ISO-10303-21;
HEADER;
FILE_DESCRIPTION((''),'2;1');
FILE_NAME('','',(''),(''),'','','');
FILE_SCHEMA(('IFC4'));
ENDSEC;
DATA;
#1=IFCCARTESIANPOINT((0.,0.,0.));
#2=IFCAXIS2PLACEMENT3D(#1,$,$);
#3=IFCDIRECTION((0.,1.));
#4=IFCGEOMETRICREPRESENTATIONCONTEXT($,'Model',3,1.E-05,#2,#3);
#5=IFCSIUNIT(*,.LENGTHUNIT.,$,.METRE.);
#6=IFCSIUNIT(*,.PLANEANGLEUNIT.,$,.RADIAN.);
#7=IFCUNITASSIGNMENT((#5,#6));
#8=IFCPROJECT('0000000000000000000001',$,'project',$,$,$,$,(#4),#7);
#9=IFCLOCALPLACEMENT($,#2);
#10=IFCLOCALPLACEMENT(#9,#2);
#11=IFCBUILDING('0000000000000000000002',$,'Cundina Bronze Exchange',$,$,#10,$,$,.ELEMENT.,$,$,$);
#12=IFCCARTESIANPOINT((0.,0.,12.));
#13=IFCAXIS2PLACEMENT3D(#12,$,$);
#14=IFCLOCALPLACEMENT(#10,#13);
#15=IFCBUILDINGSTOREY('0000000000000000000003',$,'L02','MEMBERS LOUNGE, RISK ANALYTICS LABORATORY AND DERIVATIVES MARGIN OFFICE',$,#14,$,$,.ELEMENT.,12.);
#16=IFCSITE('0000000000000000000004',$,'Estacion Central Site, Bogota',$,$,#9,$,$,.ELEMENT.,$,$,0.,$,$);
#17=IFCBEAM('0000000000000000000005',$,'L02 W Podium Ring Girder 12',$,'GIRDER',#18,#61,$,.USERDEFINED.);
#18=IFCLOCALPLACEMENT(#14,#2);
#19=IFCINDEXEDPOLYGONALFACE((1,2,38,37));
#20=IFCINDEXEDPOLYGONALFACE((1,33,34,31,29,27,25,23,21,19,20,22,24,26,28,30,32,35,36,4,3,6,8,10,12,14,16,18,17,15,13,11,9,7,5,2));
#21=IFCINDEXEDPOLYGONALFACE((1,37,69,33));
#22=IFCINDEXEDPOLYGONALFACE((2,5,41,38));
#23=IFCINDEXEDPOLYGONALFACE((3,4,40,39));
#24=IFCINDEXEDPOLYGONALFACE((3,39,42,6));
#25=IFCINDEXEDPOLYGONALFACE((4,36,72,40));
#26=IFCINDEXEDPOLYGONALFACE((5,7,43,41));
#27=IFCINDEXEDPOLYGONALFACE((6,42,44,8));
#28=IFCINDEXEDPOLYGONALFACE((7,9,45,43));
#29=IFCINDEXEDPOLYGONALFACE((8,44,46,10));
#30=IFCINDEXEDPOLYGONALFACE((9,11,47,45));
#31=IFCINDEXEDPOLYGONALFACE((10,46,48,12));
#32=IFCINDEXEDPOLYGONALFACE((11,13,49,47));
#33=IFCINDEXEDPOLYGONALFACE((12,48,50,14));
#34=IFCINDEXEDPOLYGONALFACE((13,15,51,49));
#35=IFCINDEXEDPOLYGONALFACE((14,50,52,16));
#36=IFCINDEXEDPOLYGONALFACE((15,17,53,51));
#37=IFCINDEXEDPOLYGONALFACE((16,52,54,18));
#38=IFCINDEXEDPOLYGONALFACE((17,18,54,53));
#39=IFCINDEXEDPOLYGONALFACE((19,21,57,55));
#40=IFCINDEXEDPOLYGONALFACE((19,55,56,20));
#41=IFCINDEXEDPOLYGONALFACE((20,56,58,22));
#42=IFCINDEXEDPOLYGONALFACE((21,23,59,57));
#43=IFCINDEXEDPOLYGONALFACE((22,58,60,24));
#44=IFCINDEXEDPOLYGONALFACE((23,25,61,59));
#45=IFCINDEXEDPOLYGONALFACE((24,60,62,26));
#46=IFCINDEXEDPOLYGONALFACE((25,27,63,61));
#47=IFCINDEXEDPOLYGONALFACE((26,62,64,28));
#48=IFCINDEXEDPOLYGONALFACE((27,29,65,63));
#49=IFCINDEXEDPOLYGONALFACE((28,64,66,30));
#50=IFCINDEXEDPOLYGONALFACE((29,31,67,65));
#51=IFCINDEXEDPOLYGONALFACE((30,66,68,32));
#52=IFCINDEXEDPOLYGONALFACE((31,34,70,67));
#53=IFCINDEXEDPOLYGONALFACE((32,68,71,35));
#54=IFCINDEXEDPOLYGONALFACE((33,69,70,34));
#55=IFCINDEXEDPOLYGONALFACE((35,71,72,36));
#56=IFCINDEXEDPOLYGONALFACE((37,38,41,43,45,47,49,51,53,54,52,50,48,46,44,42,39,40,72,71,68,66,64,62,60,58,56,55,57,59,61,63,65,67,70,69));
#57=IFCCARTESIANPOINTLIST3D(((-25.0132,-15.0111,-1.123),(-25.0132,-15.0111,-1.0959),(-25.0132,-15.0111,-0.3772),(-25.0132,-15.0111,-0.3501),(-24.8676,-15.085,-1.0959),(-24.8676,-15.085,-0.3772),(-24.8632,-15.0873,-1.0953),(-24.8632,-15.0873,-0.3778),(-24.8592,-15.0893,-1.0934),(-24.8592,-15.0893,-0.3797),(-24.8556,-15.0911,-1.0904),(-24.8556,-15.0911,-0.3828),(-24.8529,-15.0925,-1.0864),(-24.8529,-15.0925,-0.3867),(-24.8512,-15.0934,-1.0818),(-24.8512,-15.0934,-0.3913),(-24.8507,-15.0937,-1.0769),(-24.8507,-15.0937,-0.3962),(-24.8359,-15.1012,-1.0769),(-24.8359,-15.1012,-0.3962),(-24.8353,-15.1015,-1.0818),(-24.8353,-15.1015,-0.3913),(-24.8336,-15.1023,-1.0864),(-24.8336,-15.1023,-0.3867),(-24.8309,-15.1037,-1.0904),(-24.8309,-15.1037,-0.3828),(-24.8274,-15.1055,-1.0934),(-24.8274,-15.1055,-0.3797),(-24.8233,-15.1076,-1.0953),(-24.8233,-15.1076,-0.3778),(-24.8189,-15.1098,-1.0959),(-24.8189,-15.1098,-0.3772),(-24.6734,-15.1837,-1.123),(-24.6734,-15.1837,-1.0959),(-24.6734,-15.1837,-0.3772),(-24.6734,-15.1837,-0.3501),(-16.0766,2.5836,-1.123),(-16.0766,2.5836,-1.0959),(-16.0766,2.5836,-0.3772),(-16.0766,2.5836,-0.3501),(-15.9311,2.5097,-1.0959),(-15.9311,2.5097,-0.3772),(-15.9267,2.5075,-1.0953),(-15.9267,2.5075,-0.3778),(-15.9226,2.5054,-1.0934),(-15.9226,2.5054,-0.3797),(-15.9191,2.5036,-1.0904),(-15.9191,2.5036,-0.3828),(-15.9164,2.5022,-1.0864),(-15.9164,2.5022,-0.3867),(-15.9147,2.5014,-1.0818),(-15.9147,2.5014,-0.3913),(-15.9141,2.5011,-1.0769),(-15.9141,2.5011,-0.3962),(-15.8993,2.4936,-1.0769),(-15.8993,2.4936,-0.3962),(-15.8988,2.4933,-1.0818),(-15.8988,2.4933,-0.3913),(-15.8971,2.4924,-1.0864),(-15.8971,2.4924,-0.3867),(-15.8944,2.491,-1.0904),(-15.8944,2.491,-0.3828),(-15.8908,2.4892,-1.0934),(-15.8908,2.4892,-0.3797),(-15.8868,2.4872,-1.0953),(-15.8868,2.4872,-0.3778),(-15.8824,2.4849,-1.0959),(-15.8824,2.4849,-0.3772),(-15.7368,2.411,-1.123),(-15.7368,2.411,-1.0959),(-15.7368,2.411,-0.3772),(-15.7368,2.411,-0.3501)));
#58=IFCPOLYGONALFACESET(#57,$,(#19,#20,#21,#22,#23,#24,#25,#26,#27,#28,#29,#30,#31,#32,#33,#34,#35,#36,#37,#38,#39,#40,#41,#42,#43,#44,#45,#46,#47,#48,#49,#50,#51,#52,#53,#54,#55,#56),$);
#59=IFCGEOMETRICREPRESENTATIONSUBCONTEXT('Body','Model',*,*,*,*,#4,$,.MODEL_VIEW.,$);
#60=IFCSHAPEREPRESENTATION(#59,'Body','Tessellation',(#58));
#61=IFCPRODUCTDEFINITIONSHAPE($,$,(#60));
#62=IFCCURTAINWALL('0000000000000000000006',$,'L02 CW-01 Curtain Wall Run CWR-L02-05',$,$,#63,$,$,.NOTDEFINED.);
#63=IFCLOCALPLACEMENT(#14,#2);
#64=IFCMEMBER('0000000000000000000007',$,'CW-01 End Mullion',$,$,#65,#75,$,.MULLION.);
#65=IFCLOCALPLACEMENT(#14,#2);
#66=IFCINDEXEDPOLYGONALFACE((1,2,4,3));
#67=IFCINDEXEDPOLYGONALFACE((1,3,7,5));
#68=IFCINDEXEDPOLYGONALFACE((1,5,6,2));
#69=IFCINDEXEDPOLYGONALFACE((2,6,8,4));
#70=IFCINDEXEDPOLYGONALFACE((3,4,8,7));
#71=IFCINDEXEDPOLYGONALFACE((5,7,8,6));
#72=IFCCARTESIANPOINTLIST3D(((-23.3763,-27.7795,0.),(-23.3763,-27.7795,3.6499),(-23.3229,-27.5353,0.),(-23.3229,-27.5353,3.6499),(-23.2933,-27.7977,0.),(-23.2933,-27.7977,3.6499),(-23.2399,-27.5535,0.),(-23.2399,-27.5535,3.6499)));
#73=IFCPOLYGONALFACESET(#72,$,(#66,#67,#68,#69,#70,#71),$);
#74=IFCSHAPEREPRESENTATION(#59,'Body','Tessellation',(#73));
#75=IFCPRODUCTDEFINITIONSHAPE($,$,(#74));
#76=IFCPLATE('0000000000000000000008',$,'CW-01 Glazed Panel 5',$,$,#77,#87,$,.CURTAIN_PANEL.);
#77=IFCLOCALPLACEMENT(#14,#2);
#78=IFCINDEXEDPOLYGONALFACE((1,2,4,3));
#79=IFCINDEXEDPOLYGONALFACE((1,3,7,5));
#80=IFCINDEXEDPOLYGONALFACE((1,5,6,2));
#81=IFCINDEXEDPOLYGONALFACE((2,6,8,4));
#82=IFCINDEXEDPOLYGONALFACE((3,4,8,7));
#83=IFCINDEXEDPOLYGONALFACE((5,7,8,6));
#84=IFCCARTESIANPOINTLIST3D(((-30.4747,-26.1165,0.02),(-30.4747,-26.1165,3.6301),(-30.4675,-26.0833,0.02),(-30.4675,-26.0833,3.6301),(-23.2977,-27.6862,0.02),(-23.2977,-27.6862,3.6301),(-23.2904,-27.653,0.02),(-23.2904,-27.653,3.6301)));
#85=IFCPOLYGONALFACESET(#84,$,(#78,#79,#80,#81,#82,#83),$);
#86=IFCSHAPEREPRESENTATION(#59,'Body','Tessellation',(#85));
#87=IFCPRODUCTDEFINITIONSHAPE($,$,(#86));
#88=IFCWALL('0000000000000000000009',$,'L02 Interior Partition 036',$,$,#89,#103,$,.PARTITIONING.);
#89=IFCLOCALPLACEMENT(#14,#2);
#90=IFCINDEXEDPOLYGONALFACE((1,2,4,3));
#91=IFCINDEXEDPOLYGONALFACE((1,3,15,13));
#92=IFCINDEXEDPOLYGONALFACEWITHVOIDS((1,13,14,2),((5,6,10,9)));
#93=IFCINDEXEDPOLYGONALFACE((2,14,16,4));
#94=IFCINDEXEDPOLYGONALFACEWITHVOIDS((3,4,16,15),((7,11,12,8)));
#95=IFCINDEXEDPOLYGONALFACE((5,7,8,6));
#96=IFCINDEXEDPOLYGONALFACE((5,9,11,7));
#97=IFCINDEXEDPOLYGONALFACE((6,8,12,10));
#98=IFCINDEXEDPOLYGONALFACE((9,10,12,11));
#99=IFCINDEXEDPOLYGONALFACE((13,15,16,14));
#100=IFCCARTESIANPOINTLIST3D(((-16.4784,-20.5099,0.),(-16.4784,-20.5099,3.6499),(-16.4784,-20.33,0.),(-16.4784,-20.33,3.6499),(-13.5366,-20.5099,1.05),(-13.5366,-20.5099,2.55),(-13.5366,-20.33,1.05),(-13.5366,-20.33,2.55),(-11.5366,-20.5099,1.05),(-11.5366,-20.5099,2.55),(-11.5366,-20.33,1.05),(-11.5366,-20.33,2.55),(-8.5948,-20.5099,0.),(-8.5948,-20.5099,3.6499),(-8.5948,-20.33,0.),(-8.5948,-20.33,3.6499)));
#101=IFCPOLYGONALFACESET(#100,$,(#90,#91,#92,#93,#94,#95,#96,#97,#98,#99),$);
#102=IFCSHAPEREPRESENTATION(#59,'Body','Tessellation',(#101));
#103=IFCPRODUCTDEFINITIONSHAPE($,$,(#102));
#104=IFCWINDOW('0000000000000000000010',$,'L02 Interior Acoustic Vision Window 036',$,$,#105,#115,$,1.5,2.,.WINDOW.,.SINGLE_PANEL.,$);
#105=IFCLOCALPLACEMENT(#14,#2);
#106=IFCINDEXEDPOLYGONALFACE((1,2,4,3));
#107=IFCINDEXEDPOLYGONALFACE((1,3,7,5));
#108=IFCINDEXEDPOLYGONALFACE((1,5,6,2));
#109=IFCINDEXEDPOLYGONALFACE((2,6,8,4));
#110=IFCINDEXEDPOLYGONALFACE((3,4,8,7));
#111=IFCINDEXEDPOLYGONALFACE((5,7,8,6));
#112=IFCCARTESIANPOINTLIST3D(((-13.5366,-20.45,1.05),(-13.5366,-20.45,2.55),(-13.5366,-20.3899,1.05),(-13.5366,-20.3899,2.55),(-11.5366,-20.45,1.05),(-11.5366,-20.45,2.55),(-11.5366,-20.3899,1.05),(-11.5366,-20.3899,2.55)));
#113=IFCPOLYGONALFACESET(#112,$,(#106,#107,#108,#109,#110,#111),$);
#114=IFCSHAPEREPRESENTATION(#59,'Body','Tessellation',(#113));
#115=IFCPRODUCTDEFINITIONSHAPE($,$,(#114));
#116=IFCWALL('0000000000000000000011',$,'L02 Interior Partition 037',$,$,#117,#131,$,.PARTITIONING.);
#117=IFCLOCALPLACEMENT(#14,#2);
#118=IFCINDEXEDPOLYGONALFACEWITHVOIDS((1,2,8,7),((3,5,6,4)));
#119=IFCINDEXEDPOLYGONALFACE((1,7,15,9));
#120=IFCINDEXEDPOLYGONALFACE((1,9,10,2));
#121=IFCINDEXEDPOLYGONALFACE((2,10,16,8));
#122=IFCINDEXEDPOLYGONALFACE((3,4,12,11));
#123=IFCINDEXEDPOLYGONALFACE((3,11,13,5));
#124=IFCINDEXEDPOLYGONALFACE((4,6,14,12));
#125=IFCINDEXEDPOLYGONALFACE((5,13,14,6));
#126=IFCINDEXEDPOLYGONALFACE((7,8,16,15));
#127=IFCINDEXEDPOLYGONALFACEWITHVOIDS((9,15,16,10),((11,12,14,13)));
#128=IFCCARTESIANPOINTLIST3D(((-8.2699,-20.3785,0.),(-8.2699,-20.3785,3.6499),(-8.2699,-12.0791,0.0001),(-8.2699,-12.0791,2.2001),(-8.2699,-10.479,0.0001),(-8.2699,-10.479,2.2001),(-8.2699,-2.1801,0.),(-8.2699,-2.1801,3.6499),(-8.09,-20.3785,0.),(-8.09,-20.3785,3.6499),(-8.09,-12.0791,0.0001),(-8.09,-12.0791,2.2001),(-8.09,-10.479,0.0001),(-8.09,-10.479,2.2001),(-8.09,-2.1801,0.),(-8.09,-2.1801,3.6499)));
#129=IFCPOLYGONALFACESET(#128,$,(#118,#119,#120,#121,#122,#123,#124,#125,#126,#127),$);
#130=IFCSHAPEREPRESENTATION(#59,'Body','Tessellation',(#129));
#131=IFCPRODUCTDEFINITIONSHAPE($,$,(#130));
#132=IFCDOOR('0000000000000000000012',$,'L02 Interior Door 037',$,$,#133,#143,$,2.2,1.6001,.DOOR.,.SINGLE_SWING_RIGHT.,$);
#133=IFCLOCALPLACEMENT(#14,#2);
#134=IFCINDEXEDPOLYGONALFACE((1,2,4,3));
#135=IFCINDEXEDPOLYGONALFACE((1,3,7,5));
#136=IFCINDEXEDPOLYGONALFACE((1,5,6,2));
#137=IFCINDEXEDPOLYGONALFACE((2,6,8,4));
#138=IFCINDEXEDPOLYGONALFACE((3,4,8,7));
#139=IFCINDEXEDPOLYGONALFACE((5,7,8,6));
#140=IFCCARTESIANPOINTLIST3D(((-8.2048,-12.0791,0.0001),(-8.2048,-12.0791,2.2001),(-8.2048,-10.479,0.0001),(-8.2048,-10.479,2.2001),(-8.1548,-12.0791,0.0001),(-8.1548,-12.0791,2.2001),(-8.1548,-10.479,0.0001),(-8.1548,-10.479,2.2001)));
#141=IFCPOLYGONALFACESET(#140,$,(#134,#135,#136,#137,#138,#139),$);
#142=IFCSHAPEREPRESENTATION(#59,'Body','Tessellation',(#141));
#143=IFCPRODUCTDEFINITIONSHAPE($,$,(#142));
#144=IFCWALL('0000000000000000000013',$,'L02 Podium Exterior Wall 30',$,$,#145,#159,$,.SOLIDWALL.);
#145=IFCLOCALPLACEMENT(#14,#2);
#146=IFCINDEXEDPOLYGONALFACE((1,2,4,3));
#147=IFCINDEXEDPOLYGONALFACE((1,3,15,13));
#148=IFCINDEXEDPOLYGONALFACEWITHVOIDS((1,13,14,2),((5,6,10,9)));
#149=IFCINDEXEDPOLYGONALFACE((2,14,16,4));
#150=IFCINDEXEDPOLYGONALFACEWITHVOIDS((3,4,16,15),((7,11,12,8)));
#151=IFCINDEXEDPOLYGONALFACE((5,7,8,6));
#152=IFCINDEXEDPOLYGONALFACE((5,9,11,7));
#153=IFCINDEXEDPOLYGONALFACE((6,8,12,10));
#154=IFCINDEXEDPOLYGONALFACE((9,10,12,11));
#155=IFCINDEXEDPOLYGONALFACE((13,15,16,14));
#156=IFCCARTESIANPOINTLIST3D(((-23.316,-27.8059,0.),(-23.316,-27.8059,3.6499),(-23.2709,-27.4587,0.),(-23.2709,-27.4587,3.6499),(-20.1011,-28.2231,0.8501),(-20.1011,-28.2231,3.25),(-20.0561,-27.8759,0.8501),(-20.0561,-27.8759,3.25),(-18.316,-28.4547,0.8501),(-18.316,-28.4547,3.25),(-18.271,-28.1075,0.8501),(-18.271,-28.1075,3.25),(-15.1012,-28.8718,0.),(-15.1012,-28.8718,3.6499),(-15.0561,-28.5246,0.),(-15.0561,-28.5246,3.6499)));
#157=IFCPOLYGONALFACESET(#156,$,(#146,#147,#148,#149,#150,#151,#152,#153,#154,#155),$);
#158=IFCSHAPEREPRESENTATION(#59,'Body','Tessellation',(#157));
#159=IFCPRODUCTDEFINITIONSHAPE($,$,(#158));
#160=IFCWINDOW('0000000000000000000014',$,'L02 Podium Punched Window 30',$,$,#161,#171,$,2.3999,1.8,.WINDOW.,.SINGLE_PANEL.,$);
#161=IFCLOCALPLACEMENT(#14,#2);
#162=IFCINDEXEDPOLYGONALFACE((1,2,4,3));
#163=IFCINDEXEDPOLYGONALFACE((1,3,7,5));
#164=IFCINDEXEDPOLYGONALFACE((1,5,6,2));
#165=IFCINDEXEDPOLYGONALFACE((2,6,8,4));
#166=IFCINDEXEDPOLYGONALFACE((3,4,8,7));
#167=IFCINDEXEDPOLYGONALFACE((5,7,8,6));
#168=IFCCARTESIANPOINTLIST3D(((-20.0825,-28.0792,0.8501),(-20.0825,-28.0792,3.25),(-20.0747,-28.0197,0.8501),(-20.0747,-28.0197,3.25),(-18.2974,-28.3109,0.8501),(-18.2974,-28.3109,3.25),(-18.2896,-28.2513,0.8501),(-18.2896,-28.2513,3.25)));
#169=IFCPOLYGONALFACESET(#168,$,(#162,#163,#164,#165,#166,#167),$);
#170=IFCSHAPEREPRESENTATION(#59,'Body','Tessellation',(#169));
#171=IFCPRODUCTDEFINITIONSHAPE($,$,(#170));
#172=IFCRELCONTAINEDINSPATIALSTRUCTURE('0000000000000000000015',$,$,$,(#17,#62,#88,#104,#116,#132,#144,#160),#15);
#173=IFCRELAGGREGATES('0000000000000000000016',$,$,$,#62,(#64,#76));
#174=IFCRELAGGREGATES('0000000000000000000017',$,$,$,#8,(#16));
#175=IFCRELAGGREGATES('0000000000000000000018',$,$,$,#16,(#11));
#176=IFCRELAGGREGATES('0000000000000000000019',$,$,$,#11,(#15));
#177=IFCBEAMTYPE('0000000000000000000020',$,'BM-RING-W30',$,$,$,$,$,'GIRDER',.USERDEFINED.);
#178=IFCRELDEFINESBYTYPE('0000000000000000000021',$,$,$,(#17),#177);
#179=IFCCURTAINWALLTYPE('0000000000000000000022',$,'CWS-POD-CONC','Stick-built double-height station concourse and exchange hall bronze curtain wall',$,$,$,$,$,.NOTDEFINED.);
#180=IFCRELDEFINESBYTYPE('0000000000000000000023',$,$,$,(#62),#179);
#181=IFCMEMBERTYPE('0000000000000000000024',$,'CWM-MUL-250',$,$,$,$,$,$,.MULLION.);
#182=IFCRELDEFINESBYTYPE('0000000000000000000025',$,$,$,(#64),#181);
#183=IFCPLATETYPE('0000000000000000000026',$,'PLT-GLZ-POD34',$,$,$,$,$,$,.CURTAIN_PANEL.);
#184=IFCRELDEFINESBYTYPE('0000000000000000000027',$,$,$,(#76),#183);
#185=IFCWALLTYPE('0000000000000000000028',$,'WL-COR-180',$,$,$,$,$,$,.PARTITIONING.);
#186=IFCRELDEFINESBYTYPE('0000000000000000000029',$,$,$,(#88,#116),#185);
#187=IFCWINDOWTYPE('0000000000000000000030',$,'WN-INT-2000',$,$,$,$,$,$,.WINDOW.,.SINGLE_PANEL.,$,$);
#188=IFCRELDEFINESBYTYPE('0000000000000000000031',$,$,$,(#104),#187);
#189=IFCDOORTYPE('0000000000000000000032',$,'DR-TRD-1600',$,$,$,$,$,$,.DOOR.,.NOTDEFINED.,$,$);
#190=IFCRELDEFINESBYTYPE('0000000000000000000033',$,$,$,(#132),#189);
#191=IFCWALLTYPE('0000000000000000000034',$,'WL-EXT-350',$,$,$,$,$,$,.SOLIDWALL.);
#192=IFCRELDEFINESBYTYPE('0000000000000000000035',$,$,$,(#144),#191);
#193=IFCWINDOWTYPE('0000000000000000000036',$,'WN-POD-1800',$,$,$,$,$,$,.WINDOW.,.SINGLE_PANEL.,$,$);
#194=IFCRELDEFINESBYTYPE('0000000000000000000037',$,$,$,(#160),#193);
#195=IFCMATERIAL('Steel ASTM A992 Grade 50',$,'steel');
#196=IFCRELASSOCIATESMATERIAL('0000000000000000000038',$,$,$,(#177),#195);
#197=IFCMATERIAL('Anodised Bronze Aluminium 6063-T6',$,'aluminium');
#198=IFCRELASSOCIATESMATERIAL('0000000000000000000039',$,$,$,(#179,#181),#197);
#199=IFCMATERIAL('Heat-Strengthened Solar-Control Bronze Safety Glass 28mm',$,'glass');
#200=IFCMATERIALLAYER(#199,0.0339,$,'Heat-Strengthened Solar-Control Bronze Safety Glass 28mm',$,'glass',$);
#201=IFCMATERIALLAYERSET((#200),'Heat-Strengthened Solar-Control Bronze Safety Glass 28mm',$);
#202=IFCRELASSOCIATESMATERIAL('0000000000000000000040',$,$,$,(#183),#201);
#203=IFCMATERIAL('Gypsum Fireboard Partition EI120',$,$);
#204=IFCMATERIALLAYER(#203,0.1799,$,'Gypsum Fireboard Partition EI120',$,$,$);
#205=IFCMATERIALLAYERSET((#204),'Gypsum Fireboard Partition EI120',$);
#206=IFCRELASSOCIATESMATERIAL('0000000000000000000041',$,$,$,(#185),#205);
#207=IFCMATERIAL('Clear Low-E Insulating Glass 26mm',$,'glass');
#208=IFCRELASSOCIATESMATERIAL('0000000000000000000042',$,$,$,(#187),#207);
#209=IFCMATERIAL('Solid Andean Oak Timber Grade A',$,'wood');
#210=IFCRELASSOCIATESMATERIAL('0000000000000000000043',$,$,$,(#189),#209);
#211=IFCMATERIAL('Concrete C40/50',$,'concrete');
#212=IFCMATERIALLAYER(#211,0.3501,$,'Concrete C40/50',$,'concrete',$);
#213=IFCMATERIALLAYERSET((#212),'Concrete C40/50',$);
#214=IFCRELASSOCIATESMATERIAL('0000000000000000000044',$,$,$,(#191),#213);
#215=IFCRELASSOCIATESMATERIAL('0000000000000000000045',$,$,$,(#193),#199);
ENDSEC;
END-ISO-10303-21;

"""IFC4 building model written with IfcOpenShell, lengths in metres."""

from ifc_helpers import new_model, si_unit, direction, frame, frame_2d, origin, origin_2d, place, context, subcontext, project, spatial, rectangle, i_section, extrude, material, layer, layer_set, material_profile, profile_set, type_object, element, fill, aggregate, save


model = new_model("IFC4")

# Units and contexts
model_context = context("Model", 3, precision=1e-05, world=origin(), true_north=direction((0.0, 1.0)))
body_context = subcontext(model_context, "Body", "Model", "MODEL_VIEW")
ifc_project = project(units=[si_unit("LENGTHUNIT", "METRE"), si_unit("PLANEANGLEUNIT", "RADIAN")], contexts=[model_context])

# Site, building, storey
site_placement = place(None, origin())
site = spatial("IfcSite", under=ifc_project, at=site_placement, Name="Estacion Central Site, Bogota", CompositionType="ELEMENT", RefElevation=0.0)
building_placement = place(site_placement, origin())
building = spatial("IfcBuilding", under=site, at=building_placement, Name="Cundina Bronze Exchange", CompositionType="ELEMENT")
storey_placement = place(building_placement, frame((0.0, 0.0, 12.0)))
storey = spatial("IfcBuildingStorey", under=building, at=storey_placement, Name="L02", Description="MEMBERS LOUNGE, RISK ANALYTICS LABORATORY AND DERIVATIVES MARGIN OFFICE", CompositionType="ELEMENT", Elevation=12.0)

# Beam
ifc_material_1 = material(Name="Steel ASTM A992 Grade 50", Category="steel")
ifc_material_profile_1 = material_profile(ifc_material_1, i_section(OverallWidth=0.3811, OverallDepth=0.7729, WebThickness=0.0166, FlangeThickness=0.0271, FilletRadius=0.019, at=origin_2d()), Name="W30X173", Category="steel")
ifc_profile_set_1 = profile_set([ifc_material_profile_1], Name="Steel ASTM A992 Grade 50")
beam_type_1 = type_object("IfcBeamType", Name="BM-RING-W30", ElementType="GIRDER", PredefinedType="USERDEFINED", material=ifc_profile_set_1)
beam_1_placement = place(storey_placement, frame((-24.8433, -15.0974, -0.7366), z_axis=(0.452846, 0.891589, 0.0), x_axis=(-0.891589, 0.452846, 0.0)))
element("IfcBeam", 1, at=beam_1_placement, inside=storey, type_object=beam_type_1, Name="L02 W Podium Ring Girder 12", ObjectType="GIRDER", PredefinedType="USERDEFINED", context=body_context, shape_type="SweptSolid", body=[
    extrude(i_section(OverallWidth=0.3811, OverallDepth=0.7729, WebThickness=0.0166, FlangeThickness=0.0271, FilletRadius=0.019, at=origin_2d()), origin(), (0.0, 0.0, 1.0), 19.7341),
])

# Curtain wall, member, plate
ifc_material_2 = material(Name="Anodised Bronze Aluminium 6063-T6", Category="aluminium")
curtain_wall_type = type_object("IfcCurtainWallType", Name="CWS-POD-CONC", Description="Stick-built double-height station concourse and exchange hall bronze curtain wall", PredefinedType="NOTDEFINED", material=ifc_material_2)
curtain_wall_placement = place(storey_placement, origin())
curtain_wall = element("IfcCurtainWall", 2, at=curtain_wall_placement, inside=storey, type_object=curtain_wall_type, Name="L02 CW-01 Curtain Wall Run CWR-L02-05", PredefinedType="NOTDEFINED")
ifc_material_profile_2 = material_profile(ifc_material_2, rectangle(XDim=0.085, YDim=0.25, at=origin_2d()), Name="AL85X250", Category="aluminium")
ifc_profile_set_2 = profile_set([ifc_material_profile_2], Name="Anodised Bronze Aluminium 6063-T6")
member_type = type_object("IfcMemberType", Name="CWM-MUL-250", PredefinedType="MULLION", material=ifc_profile_set_2)
member_placement = place(storey_placement, frame((-23.3081, -27.6665, 0.0), z_axis=(0.0, 0.0, 1.0), x_axis=(0.976897, -0.213712, 0.0)))
member = element("IfcMember", 3, at=member_placement, type_object=member_type, Name="CW-01 End Mullion", PredefinedType="MULLION", context=body_context, shape_type="SweptSolid", body=[
    extrude(rectangle(XDim=0.085, YDim=0.25, at=origin_2d()), origin(), (0.0, 0.0, 1.0), 3.6499),
])
ifc_material_3 = material(Name="Heat-Strengthened Solar-Control Bronze Safety Glass 28mm", Category="glass")
ifc_layer_1 = layer(ifc_material_3, 0.0339, Name="Heat-Strengthened Solar-Control Bronze Safety Glass 28mm", Category="glass")
ifc_layer_set_1 = layer_set([ifc_layer_1], Name="Heat-Strengthened Solar-Control Bronze Safety Glass 28mm")
plate_type = type_object("IfcPlateType", Name="PLT-GLZ-POD34", PredefinedType="CURTAIN_PANEL", material=ifc_layer_set_1)
plate_placement = place(storey_placement, frame((-26.8826, -26.8848, 0.02), z_axis=(0.0, 0.0, 1.0), x_axis=(0.976908, -0.213661, 0.0)))
plate = element("IfcPlate", 4, at=plate_placement, type_object=plate_type, Name="CW-01 Glazed Panel 5", PredefinedType="CURTAIN_PANEL", context=body_context, shape_type="SweptSolid", body=[
    extrude(rectangle(XDim=7.3467, YDim=0.0339, at=origin_2d()), origin(), (0.0, 0.0, 1.0), 3.6101),
])
aggregate(curtain_wall, [member, plate])

# Wall, opening, window
ifc_material_4 = material(Name="Gypsum Fireboard Partition EI120")
ifc_layer_2 = layer(ifc_material_4, 0.1799, Name="Gypsum Fireboard Partition EI120")
ifc_layer_set_2 = layer_set([ifc_layer_2], Name="Gypsum Fireboard Partition EI120")
wall_type_1 = type_object("IfcWallType", Name="WL-COR-180", PredefinedType="PARTITIONING", material=ifc_layer_set_2)
wall_1_placement = place(storey_placement, frame((-16.4785, -20.4199, 0.0), z_axis=(0.0, 0.0, 1.0), x_axis=(1.0, 0.0, 0.0)))
wall_1 = element("IfcWall", 5, at=wall_1_placement, inside=storey, type_object=wall_type_1, Name="L02 Interior Partition 036", PredefinedType="PARTITIONING", context=body_context, shape_type="SweptSolid", body=[
    extrude(rectangle(XDim=7.8835, YDim=0.1799, at=frame_2d((3.9419, 0.0))), origin(), (0.0, 0.0, 1.0), 3.6499),
])
opening_1_placement = place(wall_1_placement, frame((2.9419, 0.0, 1.05)))
opening_1 = element("IfcOpeningElement", 6, at=opening_1_placement, cuts=wall_1, PredefinedType="OPENING", context=body_context, shape_type="SweptSolid", body=[
    extrude(rectangle(XDim=2.0, YDim=1.5, at=frame_2d((1.0, 0.75))), frame((0.0, 0.0999, 0.0), z_axis=(0.0, -1.0, 0.0), x_axis=(1.0, 0.0, 0.0)), (0.0, 0.0, 1.0), 0.2),
])
ifc_material_5 = material(Name="Clear Low-E Insulating Glass 26mm", Category="glass")
window_type_1 = type_object("IfcWindowType", Name="WN-INT-2000", PartitioningType="SINGLE_PANEL", PredefinedType="WINDOW", material=ifc_material_5)
window_1_placement = place(opening_1_placement, origin())
window_1 = element("IfcWindow", 7, at=window_1_placement, inside=storey, type_object=window_type_1, Name="L02 Interior Acoustic Vision Window 036", OverallHeight=1.5, OverallWidth=2.0, PartitioningType="SINGLE_PANEL", PredefinedType="WINDOW", context=body_context, shape_type="SweptSolid", body=[
    extrude(rectangle(XDim=2.0, YDim=1.5, at=frame_2d((1.0, 0.75))), frame((0.0, 0.03, 0.0), z_axis=(0.0, -1.0, 0.0), x_axis=(1.0, 0.0, 0.0)), (0.0, 0.0, 1.0), 0.0601),
])
fill(opening_1, window_1)

# Wall, opening, door
wall_2_placement = place(storey_placement, frame((-8.1799, -20.3784, 0.0), z_axis=(0.0, 0.0, 1.0), x_axis=(0.0, 1.0, 0.0)))
wall_2 = element("IfcWall", 8, at=wall_2_placement, inside=storey, type_object=wall_type_1, Name="L02 Interior Partition 037", PredefinedType="PARTITIONING", context=body_context, shape_type="SweptSolid", body=[
    extrude(rectangle(XDim=18.1985, YDim=0.1799, at=frame_2d((9.0991, 0.0))), origin(), (0.0, 0.0, 1.0), 3.6499),
])
opening_2_placement = place(wall_2_placement, frame((8.2993, 0.0, 0.0)))
opening_2 = element("IfcOpeningElement", 9, at=opening_2_placement, cuts=wall_2, PredefinedType="OPENING", context=body_context, shape_type="SweptSolid", body=[
    extrude(rectangle(XDim=1.6001, YDim=2.2, at=frame_2d((0.8, 1.1001))), frame((0.0, 0.0999, 0.0), z_axis=(0.0, -1.0, 0.0), x_axis=(1.0, 0.0, 0.0)), (0.0, 0.0, 1.0), 0.2),
])
ifc_material_6 = material(Name="Solid Andean Oak Timber Grade A", Category="wood")
door_type_1 = type_object("IfcDoorType", Name="DR-TRD-1600", OperationType="NOTDEFINED", PredefinedType="DOOR", material=ifc_material_6)
door_1_placement = place(opening_2_placement, origin())
door_1 = element("IfcDoor", 10, at=door_1_placement, inside=storey, type_object=door_type_1, Name="L02 Interior Door 037", OperationType="SINGLE_SWING_RIGHT", OverallHeight=2.2, OverallWidth=1.6001, PredefinedType="DOOR", context=body_context, shape_type="SweptSolid", body=[
    extrude(rectangle(XDim=1.6001, YDim=2.2, at=frame_2d((0.8, 1.1001))), frame((0.0, 0.0249, 0.0), z_axis=(0.0, -1.0, 0.0), x_axis=(1.0, 0.0, 0.0)), (0.0, 0.0, 1.0), 0.05),
])
fill(opening_2, door_1)

# Wall, opening, window
ifc_material_7 = material(Name="Concrete C40/50", Category="concrete")
ifc_layer_3 = layer(ifc_material_7, 0.3501, Name="Concrete C40/50", Category="concrete")
ifc_layer_set_3 = layer_set([ifc_layer_3], Name="Concrete C40/50")
wall_type_2 = type_object("IfcWallType", Name="WL-EXT-350", PredefinedType="SOLIDWALL", material=ifc_layer_set_3)
wall_3_placement = place(storey_placement, frame((-23.2935, -27.6323, 0.0), z_axis=(0.0, 0.0, 1.0), x_axis=(0.991687, -0.128676, 0.0)))
wall_3 = element("IfcWall", 11, at=wall_3_placement, inside=storey, type_object=wall_type_2, Name="L02 Podium Exterior Wall 30", PredefinedType="SOLIDWALL", context=body_context, shape_type="SweptSolid", body=[
    extrude(rectangle(XDim=8.2837, YDim=0.3501, at=frame_2d((4.1418, 0.0))), origin(), (0.0, 0.0, 1.0), 3.6499),
])
opening_3_placement = place(wall_3_placement, frame((3.2419, 0.0, 0.8501)))
opening_3 = element("IfcOpeningElement", 12, at=opening_3_placement, cuts=wall_3, PredefinedType="OPENING", context=body_context, shape_type="SweptSolid", body=[
    extrude(rectangle(XDim=1.8, YDim=2.3999, at=frame_2d((0.8999, 1.2))), frame((0.0, 0.1851, 0.0), z_axis=(0.0, -1.0, 0.0), x_axis=(1.0, 0.0, 0.0)), (0.0, 0.0, 1.0), 0.3701),
])
window_type_2 = type_object("IfcWindowType", Name="WN-POD-1800", PartitioningType="SINGLE_PANEL", PredefinedType="WINDOW", material=ifc_material_3)
window_2_placement = place(opening_3_placement, origin())
window_2 = element("IfcWindow", 13, at=window_2_placement, inside=storey, type_object=window_type_2, Name="L02 Podium Punched Window 30", OverallHeight=2.3999, OverallWidth=1.8, PartitioningType="SINGLE_PANEL", PredefinedType="WINDOW", context=body_context, shape_type="SweptSolid", body=[
    extrude(rectangle(XDim=1.8, YDim=2.3999, at=frame_2d((0.8999, 1.2))), frame((0.0, 0.03, 0.0), z_axis=(0.0, -1.0, 0.0), x_axis=(1.0, 0.0, 0.0)), (0.0, 0.0, 1.0), 0.0601),
])
fill(opening_3, window_2)

save(model, "model.ifc")
